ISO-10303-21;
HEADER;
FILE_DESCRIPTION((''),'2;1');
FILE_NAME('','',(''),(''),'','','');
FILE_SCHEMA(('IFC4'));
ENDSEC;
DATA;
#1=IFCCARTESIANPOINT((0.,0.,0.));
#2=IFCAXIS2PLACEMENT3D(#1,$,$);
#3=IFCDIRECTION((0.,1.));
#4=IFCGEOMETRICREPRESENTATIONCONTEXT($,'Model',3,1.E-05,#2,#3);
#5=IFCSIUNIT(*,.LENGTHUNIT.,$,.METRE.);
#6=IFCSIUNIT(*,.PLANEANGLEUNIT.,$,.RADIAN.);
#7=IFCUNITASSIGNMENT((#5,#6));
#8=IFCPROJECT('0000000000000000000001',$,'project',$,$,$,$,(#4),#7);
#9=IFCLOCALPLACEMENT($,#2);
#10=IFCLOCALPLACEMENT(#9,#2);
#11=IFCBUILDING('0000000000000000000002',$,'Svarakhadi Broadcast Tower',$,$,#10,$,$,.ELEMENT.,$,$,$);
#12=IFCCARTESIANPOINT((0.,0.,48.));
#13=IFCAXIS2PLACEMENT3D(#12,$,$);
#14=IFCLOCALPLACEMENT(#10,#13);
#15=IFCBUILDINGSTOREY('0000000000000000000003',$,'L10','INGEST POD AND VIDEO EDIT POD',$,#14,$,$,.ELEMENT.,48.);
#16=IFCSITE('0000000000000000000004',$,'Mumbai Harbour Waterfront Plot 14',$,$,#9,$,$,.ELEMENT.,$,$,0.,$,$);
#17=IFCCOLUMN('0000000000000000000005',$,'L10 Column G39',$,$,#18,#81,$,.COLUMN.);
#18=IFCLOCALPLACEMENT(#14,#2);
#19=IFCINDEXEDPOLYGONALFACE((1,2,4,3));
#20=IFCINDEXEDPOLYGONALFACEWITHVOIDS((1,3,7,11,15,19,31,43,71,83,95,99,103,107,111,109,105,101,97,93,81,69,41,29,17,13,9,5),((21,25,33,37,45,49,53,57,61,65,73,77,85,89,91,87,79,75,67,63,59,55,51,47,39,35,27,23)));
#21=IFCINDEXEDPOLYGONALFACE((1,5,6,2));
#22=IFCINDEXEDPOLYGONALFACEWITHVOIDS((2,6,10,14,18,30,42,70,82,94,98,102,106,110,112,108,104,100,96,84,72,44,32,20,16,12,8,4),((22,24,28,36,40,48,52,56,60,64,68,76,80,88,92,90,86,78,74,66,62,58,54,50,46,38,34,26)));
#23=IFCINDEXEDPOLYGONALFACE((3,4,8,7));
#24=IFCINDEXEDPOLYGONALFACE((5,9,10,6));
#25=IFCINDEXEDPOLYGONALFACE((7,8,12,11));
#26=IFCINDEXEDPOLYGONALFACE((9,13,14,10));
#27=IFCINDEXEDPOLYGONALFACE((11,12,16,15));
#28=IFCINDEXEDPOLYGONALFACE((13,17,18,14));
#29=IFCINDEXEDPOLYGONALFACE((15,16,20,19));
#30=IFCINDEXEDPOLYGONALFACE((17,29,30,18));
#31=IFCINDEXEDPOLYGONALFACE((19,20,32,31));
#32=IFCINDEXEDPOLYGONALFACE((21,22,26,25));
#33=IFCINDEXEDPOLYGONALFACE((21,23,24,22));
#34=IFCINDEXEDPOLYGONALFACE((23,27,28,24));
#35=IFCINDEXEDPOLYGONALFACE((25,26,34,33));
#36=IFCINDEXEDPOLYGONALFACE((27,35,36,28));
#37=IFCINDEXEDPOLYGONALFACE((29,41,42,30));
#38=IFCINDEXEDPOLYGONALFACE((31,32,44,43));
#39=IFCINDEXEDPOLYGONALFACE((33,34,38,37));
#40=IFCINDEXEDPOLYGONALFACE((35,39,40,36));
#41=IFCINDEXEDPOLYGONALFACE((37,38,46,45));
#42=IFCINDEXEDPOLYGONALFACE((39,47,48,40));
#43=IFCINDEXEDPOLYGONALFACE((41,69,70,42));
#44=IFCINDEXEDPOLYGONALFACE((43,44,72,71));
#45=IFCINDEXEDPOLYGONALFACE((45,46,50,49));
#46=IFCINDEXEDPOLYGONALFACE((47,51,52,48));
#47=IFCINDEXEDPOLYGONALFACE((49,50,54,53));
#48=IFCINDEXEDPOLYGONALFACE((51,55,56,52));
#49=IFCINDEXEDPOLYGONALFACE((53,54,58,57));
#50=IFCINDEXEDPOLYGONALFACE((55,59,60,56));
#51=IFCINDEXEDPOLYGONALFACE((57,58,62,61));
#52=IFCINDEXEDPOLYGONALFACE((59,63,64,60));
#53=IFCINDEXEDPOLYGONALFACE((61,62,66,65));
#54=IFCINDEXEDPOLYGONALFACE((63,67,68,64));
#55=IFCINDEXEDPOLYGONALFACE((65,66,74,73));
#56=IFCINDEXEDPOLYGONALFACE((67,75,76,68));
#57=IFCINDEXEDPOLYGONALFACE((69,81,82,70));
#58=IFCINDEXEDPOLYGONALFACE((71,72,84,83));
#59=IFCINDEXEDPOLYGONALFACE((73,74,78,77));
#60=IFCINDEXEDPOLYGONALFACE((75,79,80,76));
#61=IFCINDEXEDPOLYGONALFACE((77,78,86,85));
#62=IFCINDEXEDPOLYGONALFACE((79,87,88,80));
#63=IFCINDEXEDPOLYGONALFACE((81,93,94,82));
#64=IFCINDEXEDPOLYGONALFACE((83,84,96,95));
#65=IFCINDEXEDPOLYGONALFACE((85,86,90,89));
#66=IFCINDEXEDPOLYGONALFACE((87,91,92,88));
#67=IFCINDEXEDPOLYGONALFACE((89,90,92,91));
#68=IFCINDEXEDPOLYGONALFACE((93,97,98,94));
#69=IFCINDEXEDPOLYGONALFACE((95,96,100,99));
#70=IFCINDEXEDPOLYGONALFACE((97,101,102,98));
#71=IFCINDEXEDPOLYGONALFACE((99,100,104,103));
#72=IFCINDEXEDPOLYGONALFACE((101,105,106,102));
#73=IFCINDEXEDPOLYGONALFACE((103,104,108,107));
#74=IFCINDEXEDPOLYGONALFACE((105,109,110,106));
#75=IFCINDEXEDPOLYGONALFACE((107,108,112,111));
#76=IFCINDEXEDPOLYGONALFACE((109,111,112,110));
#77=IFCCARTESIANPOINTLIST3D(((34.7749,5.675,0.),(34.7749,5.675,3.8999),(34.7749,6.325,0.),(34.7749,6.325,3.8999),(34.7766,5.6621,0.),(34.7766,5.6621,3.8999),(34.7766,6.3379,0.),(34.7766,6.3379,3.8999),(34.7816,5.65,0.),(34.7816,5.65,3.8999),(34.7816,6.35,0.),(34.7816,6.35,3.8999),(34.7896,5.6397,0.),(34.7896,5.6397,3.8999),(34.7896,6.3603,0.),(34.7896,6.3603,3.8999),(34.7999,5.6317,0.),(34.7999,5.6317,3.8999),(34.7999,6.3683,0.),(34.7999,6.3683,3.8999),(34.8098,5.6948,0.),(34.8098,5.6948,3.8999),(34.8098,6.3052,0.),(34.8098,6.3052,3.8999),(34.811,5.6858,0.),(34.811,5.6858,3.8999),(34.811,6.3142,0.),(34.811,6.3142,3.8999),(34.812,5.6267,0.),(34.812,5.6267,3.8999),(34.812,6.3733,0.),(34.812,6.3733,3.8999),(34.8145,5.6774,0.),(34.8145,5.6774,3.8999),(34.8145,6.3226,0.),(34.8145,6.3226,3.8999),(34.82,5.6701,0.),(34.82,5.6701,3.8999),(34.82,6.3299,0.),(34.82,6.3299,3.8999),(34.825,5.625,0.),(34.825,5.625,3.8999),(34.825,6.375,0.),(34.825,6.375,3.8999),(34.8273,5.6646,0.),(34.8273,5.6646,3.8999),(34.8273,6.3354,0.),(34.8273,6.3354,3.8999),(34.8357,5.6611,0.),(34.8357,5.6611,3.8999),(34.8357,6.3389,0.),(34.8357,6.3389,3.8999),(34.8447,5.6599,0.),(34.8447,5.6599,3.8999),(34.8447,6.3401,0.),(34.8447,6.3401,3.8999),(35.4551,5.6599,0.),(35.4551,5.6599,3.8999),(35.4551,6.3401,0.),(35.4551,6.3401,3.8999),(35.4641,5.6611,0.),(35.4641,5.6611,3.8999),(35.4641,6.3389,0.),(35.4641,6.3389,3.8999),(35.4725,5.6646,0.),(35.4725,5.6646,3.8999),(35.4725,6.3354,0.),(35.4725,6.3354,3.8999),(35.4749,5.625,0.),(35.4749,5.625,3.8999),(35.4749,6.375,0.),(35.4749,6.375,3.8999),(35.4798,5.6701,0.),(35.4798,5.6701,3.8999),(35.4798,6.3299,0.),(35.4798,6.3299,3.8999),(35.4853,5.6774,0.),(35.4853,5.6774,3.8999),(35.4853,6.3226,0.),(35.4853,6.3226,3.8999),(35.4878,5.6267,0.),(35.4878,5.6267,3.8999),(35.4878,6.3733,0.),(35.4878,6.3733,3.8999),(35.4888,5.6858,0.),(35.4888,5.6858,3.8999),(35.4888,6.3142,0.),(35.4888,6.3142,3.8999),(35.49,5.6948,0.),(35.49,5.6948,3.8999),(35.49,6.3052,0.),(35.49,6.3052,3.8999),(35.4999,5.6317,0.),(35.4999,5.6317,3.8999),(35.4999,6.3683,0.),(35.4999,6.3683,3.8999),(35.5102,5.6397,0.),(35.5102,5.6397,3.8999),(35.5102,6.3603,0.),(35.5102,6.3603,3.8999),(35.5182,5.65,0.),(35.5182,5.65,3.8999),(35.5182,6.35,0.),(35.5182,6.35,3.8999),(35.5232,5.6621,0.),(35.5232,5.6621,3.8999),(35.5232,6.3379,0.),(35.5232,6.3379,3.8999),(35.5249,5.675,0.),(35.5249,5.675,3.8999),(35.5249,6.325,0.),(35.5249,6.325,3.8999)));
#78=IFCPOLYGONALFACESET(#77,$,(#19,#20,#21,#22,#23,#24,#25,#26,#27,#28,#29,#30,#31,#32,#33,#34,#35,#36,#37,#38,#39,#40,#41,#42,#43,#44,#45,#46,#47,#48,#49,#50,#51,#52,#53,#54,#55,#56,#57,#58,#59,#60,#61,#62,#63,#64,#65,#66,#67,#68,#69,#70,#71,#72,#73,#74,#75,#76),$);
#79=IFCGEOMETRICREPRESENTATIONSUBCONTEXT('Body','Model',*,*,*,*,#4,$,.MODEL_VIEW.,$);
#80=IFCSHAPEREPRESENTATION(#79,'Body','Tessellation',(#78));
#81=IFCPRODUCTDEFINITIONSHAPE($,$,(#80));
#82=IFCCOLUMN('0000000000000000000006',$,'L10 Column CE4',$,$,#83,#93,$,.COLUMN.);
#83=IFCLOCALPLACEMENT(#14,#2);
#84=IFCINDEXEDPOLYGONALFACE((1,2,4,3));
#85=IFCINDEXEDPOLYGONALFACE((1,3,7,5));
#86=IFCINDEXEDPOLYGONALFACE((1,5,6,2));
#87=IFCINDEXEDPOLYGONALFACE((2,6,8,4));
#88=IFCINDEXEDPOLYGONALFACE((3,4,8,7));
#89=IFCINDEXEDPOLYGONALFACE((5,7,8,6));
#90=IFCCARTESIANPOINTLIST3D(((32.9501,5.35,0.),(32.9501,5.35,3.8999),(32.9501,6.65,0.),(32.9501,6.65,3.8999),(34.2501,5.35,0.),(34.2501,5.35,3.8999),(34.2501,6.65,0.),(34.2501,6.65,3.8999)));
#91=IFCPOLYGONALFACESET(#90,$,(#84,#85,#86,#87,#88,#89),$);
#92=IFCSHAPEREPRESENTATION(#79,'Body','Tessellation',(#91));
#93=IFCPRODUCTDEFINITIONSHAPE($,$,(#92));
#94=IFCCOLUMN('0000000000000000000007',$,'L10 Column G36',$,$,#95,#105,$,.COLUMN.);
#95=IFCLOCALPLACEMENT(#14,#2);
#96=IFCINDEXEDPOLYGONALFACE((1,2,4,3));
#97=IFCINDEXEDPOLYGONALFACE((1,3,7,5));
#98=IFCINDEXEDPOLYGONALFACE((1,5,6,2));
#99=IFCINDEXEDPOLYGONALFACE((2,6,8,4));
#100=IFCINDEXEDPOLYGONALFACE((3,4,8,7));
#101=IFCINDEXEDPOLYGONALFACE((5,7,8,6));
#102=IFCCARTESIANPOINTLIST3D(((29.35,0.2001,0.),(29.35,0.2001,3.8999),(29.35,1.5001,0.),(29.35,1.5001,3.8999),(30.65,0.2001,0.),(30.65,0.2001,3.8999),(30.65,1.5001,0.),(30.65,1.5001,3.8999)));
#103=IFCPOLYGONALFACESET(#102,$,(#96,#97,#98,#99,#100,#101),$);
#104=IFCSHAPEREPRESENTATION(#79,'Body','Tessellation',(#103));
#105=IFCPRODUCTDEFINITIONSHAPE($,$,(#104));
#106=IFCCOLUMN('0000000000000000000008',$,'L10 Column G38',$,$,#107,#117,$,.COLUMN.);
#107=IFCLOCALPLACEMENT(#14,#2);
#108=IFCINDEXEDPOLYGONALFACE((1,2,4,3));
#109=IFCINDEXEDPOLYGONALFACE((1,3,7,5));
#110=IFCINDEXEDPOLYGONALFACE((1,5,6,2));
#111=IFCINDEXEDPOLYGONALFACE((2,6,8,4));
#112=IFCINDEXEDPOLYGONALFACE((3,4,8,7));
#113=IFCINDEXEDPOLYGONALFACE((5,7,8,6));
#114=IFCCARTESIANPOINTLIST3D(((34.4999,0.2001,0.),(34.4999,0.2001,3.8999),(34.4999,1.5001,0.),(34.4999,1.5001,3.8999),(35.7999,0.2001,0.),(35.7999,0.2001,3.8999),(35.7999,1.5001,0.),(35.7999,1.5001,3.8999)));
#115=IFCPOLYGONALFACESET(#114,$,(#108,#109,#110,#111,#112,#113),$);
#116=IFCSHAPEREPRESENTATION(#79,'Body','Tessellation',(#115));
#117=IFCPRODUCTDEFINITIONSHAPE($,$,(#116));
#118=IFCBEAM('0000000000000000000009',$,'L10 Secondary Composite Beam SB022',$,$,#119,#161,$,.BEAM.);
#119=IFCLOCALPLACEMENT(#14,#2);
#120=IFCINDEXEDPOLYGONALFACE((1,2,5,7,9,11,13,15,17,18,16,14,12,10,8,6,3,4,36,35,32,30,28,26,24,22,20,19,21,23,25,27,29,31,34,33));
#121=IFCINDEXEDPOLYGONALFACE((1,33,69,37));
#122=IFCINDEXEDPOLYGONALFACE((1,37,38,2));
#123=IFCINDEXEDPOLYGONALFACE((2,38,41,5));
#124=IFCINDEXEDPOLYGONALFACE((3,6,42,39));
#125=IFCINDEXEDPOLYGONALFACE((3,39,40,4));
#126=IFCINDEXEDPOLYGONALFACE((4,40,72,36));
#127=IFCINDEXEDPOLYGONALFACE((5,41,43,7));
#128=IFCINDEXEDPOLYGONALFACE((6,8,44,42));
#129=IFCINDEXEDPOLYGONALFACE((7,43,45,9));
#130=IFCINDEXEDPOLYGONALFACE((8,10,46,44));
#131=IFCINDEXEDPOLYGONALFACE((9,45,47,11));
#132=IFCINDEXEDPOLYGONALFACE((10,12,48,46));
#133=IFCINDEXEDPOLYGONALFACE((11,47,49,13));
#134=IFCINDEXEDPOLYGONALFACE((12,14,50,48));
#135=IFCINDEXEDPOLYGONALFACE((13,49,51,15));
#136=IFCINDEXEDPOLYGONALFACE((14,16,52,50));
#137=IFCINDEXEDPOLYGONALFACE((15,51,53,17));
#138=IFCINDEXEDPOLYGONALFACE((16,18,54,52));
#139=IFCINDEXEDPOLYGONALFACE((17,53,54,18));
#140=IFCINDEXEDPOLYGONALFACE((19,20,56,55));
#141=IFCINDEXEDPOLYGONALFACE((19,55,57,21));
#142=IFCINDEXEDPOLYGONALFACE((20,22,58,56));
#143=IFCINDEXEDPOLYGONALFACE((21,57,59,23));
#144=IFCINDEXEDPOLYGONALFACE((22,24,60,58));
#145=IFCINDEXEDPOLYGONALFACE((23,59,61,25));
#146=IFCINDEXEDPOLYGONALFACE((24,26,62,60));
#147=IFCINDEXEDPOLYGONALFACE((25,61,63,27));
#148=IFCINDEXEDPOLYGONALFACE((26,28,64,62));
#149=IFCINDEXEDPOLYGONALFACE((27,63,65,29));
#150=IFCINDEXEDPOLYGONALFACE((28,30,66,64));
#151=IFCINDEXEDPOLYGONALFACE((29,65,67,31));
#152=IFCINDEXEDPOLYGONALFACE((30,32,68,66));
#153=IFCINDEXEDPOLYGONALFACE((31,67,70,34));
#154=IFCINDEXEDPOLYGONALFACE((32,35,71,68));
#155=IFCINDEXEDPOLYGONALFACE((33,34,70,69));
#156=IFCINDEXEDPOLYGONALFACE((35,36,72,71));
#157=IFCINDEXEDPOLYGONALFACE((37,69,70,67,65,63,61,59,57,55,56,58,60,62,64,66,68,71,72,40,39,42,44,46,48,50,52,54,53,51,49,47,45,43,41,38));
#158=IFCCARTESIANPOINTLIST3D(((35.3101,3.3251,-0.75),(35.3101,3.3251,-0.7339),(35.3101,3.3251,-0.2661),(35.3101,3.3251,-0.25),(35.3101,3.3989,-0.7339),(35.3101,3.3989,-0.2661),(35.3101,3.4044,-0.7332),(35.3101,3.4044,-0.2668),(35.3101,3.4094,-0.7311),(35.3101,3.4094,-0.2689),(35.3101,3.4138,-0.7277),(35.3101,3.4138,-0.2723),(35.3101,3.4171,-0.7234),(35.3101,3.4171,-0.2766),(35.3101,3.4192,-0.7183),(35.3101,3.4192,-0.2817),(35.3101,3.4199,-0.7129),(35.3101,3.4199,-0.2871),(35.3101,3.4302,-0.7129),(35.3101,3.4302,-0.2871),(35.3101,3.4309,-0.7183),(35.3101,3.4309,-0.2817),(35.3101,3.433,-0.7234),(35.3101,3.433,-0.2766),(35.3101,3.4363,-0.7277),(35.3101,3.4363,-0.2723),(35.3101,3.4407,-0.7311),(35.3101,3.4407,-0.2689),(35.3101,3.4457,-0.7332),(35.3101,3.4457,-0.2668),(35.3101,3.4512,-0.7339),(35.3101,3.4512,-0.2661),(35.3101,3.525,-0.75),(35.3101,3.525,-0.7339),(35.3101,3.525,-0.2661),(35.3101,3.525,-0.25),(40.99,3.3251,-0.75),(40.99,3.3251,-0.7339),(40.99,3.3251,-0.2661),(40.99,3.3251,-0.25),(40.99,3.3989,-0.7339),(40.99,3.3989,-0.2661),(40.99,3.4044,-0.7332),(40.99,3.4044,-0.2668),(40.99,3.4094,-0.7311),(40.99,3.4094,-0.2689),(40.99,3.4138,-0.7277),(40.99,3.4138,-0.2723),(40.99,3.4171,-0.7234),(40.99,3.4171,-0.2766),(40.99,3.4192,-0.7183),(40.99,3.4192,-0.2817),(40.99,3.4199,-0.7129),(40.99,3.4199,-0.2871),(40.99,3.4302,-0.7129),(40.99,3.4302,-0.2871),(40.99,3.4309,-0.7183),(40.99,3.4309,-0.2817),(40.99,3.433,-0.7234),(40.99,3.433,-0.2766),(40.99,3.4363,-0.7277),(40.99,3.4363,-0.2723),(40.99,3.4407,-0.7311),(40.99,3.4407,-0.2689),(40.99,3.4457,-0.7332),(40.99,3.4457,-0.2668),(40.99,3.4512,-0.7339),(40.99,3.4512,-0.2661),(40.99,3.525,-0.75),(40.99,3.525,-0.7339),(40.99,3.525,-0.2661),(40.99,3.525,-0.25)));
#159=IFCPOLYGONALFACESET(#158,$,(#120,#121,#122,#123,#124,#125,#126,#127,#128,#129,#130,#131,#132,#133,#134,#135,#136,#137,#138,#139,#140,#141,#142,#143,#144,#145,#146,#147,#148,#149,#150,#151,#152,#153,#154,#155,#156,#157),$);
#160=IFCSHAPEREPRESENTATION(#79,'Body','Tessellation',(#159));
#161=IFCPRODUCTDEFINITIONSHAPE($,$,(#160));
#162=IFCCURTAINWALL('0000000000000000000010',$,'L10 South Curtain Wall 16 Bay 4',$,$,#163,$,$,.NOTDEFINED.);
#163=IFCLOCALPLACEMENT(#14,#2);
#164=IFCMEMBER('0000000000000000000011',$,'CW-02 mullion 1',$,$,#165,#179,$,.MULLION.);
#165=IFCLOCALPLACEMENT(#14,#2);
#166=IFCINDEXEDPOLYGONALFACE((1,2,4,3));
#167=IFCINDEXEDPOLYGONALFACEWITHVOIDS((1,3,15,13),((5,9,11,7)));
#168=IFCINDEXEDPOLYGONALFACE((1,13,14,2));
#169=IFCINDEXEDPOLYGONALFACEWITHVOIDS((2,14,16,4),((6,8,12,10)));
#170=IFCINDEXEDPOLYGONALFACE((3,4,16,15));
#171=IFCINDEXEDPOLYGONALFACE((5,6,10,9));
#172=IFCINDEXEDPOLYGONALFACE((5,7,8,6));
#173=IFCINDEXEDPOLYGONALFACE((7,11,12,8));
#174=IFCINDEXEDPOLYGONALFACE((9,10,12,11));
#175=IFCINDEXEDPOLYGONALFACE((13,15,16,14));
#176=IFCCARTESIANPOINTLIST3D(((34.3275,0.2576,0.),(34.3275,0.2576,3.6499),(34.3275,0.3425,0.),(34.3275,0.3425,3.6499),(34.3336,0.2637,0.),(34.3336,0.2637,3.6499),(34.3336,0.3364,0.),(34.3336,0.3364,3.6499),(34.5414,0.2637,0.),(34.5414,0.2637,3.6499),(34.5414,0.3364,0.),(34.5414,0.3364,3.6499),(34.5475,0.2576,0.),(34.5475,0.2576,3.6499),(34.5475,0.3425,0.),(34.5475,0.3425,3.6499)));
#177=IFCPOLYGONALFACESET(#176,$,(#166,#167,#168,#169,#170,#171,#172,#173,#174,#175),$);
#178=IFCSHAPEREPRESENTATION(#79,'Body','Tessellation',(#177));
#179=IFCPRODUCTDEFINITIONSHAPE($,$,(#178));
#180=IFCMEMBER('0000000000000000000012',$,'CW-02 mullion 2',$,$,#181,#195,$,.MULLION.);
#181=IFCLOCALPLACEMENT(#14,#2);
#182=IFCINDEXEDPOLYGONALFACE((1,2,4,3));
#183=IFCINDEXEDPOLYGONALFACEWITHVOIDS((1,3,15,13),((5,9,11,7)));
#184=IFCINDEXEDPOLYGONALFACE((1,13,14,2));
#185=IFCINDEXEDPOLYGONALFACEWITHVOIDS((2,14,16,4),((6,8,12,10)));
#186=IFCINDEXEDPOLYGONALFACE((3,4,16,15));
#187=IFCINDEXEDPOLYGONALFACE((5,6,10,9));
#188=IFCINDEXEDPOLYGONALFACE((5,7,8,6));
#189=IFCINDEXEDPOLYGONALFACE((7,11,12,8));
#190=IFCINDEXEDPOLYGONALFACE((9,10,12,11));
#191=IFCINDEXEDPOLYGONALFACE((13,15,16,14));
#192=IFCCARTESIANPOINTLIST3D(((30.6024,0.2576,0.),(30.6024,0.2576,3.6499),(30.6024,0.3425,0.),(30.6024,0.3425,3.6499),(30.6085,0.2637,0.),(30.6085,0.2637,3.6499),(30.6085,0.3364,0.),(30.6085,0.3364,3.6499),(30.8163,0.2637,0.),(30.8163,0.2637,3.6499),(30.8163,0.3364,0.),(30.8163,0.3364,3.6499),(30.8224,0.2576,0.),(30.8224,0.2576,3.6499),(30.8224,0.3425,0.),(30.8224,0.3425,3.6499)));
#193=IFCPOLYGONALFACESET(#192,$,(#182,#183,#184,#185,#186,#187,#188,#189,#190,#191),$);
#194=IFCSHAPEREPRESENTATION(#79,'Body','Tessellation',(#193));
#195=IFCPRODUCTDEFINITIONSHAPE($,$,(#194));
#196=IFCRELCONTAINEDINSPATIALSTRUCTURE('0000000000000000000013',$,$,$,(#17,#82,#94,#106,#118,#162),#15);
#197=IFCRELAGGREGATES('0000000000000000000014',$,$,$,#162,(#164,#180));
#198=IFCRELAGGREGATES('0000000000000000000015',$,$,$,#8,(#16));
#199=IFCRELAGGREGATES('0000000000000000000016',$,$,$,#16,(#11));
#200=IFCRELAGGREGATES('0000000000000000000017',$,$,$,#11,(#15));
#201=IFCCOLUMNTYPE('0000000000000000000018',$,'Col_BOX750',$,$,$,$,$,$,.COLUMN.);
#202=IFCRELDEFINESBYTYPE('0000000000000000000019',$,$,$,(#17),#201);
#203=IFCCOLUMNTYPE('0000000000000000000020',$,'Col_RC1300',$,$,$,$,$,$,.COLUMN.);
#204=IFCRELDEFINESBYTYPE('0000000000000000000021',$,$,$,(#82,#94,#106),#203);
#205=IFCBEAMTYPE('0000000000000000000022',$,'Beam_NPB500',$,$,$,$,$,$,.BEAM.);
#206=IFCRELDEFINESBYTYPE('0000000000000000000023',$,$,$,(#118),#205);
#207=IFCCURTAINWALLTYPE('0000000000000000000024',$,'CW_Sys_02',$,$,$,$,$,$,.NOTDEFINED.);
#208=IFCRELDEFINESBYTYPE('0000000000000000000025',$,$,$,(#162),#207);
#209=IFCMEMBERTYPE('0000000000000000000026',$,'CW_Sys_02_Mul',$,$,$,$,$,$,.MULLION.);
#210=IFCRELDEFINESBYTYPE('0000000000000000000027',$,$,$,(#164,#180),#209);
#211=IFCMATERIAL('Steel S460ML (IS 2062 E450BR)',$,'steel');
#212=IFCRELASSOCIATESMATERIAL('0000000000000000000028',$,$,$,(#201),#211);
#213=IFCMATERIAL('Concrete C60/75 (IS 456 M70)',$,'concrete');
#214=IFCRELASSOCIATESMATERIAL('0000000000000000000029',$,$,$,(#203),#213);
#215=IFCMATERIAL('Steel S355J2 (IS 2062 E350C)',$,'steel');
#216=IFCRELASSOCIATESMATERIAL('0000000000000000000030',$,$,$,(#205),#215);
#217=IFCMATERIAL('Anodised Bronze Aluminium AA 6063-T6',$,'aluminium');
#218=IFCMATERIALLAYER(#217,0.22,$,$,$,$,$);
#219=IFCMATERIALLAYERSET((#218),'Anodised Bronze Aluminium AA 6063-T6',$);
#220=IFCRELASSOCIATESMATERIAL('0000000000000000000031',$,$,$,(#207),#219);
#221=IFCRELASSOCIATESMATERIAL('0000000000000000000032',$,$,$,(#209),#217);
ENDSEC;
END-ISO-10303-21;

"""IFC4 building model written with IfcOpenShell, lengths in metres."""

from ifc_helpers import new_model, si_unit, direction, frame, origin, origin_2d, place, context, subcontext, project, spatial, rectangle, hollow_rectangle, i_section, extrude, material, layer, layer_set, material_profile, profile_set, type_object, element, aggregate, save


model = new_model("IFC4")

# Units and contexts
model_context = context("Model", 3, precision=1e-05, world=origin(), true_north=direction((0.0, 1.0)))
body_context = subcontext(model_context, "Body", "Model", "MODEL_VIEW")
ifc_project = project(units=[si_unit("LENGTHUNIT", "METRE"), si_unit("PLANEANGLEUNIT", "RADIAN")], contexts=[model_context])

# Site, building, storey
site_placement = place(None, origin())
site = spatial("IfcSite", under=ifc_project, at=site_placement, Name="Mumbai Harbour Waterfront Plot 14", CompositionType="ELEMENT", RefElevation=0.0)
building_placement = place(site_placement, origin())
building = spatial("IfcBuilding", under=site, at=building_placement, Name="Svarakhadi Broadcast Tower", CompositionType="ELEMENT")
storey_placement = place(building_placement, frame((0.0, 0.0, 48.0)))
storey = spatial("IfcBuildingStorey", under=building, at=storey_placement, Name="L10", Description="INGEST POD AND VIDEO EDIT POD", CompositionType="ELEMENT", Elevation=48.0)

# Columns
ifc_material_1 = material(Name="Steel S460ML (IS 2062 E450BR)", Category="steel")
ifc_material_profile_1 = material_profile(ifc_material_1, hollow_rectangle(XDim=0.75, YDim=0.75, WallThickness=0.0349, InnerFilletRadius=0.0349, OuterFilletRadius=0.05, at=origin_2d()), Name="BOX 750x750x35")
ifc_profile_set_1 = profile_set([ifc_material_profile_1], Name="Steel S460ML (IS 2062 E450BR)")
column_type_1 = type_object("IfcColumnType", Name="Col_BOX750", PredefinedType="COLUMN", material=ifc_profile_set_1)
column_placement = place(storey_placement, frame((35.1499, 6.0, 0.0), z_axis=(0.0, 0.0, 1.0), x_axis=(1.0, 0.0, 0.0)))
element("IfcColumn", 1, at=column_placement, inside=storey, type_object=column_type_1, Name="L10 Column G39", PredefinedType="COLUMN", context=body_context, shape_type="SweptSolid", body=[
    extrude(hollow_rectangle(XDim=0.75, YDim=0.75, WallThickness=0.0349, InnerFilletRadius=0.0349, OuterFilletRadius=0.05, at=origin_2d()), origin(), (0.0, 0.0, 1.0), 3.8999),
])
ifc_material_2 = material(Name="Concrete C60/75 (IS 456 M70)", Category="concrete")
ifc_material_profile_2 = material_profile(ifc_material_2, rectangle(XDim=1.3, YDim=1.3, at=origin_2d()), Name="RC 1300x1300")
ifc_profile_set_2 = profile_set([ifc_material_profile_2], Name="Concrete C60/75 (IS 456 M70)")
column_type_2 = type_object("IfcColumnType", Name="Col_RC1300", PredefinedType="COLUMN", material=ifc_profile_set_2)
for number, where, z_axis, x_axis, name in (
    (2, (33.6001, 6.0, 0.0), (0.0, 0.0, 1.0), (1.0, 0.0, 0.0), "L10 Column CE4"),
    (3, (30.0, 0.8501, 0.0), (0.0, 0.0, 1.0), (1.0, 0.0, 0.0), "L10 Column G36"),
    (4, (35.1499, 0.8501, 0.0), (0.0, 0.0, 1.0), (1.0, 0.0, 0.0), "L10 Column G38"),
):
    element("IfcColumn", number, at=place(storey_placement, frame(where, z_axis=z_axis, x_axis=x_axis)), inside=storey, type_object=column_type_2, Name=name, PredefinedType="COLUMN", context=body_context, shape_type="SweptSolid", body=[
        extrude(rectangle(XDim=1.3, YDim=1.3, at=origin_2d()), origin(), (0.0, 0.0, 1.0), 3.8999),
    ])

# Beam
ifc_material_3 = material(Name="Steel S355J2 (IS 2062 E350C)", Category="steel")
ifc_material_profile_3 = material_profile(ifc_material_3, i_section(OverallWidth=0.2, OverallDepth=0.5, WebThickness=0.0103, FlangeThickness=0.0161, FilletRadius=0.021, at=origin_2d()), Name="NPB 500x200x91")
ifc_profile_set_3 = profile_set([ifc_material_profile_3], Name="Steel S355J2 (IS 2062 E350C)")
beam_type_1 = type_object("IfcBeamType", Name="Beam_NPB500", PredefinedType="BEAM", material=ifc_profile_set_3)
beam_1_placement = place(storey_placement, frame((35.3101, 3.425, -0.5), z_axis=(1.0, 0.0, 0.0), x_axis=(0.0, 1.0, 0.0)))
element("IfcBeam", 5, at=beam_1_placement, inside=storey, type_object=beam_type_1, Name="L10 Secondary Composite Beam SB022", PredefinedType="BEAM", context=body_context, shape_type="SweptSolid", body=[
    extrude(i_section(OverallWidth=0.2, OverallDepth=0.5, WebThickness=0.0103, FlangeThickness=0.0161, FilletRadius=0.021, at=origin_2d()), origin(), (0.0, 0.0, 1.0), 5.6799),
])

# Curtain wall, members
ifc_material_4 = material(Name="Anodised Bronze Aluminium AA 6063-T6", Category="aluminium")
ifc_layer_1 = layer(ifc_material_4, 0.22)
ifc_layer_set_1 = layer_set([ifc_layer_1], Name="Anodised Bronze Aluminium AA 6063-T6")
curtain_wall_type = type_object("IfcCurtainWallType", Name="CW_Sys_02", PredefinedType="NOTDEFINED", material=ifc_layer_set_1)
curtain_wall_1_placement = place(storey_placement, origin())
curtain_wall_1 = element("IfcCurtainWall", 6, at=curtain_wall_1_placement, inside=storey, type_object=curtain_wall_type, Name="L10 South Curtain Wall 16 Bay 4", PredefinedType="NOTDEFINED")
ifc_material_profile_4 = material_profile(ifc_material_4, hollow_rectangle(XDim=0.085, YDim=0.22, WallThickness=0.0061, at=origin_2d()), Name="ALU MULLION 220x85x6")
ifc_profile_set_4 = profile_set([ifc_material_profile_4], Name="Anodised Bronze Aluminium AA 6063-T6")
member_type_1 = type_object("IfcMemberType", Name="CW_Sys_02_Mul", PredefinedType="MULLION", material=ifc_profile_set_4)
member_1_placement = place(storey_placement, frame((34.4375, 0.3, 0.0), z_axis=(0.0, 0.0, 1.0), x_axis=(0.0, -1.0, 0.0)))
member_1 = element("IfcMember", 7, at=member_1_placement, type_object=member_type_1, Name="CW-02 mullion 1", PredefinedType="MULLION", context=body_context, shape_type="SweptSolid", body=[
    extrude(hollow_rectangle(XDim=0.085, YDim=0.22, WallThickness=0.0061, at=origin_2d()), origin(), (0.0, 0.0, 1.0), 3.6499),
])
member_2_placement = place(storey_placement, frame((30.7124, 0.3, 0.0), z_axis=(0.0, 0.0, 1.0), x_axis=(0.0, -1.0, 0.0)))
member_2 = element("IfcMember", 8, at=member_2_placement, type_object=member_type_1, Name="CW-02 mullion 2", PredefinedType="MULLION", context=body_context, shape_type="SweptSolid", body=[
    extrude(hollow_rectangle(XDim=0.085, YDim=0.22, WallThickness=0.0061, at=origin_2d()), origin(), (0.0, 0.0, 1.0), 3.6499),
])

aggregate(curtain_wall_1, [member_1, member_2])

save(model, "model.ifc")
